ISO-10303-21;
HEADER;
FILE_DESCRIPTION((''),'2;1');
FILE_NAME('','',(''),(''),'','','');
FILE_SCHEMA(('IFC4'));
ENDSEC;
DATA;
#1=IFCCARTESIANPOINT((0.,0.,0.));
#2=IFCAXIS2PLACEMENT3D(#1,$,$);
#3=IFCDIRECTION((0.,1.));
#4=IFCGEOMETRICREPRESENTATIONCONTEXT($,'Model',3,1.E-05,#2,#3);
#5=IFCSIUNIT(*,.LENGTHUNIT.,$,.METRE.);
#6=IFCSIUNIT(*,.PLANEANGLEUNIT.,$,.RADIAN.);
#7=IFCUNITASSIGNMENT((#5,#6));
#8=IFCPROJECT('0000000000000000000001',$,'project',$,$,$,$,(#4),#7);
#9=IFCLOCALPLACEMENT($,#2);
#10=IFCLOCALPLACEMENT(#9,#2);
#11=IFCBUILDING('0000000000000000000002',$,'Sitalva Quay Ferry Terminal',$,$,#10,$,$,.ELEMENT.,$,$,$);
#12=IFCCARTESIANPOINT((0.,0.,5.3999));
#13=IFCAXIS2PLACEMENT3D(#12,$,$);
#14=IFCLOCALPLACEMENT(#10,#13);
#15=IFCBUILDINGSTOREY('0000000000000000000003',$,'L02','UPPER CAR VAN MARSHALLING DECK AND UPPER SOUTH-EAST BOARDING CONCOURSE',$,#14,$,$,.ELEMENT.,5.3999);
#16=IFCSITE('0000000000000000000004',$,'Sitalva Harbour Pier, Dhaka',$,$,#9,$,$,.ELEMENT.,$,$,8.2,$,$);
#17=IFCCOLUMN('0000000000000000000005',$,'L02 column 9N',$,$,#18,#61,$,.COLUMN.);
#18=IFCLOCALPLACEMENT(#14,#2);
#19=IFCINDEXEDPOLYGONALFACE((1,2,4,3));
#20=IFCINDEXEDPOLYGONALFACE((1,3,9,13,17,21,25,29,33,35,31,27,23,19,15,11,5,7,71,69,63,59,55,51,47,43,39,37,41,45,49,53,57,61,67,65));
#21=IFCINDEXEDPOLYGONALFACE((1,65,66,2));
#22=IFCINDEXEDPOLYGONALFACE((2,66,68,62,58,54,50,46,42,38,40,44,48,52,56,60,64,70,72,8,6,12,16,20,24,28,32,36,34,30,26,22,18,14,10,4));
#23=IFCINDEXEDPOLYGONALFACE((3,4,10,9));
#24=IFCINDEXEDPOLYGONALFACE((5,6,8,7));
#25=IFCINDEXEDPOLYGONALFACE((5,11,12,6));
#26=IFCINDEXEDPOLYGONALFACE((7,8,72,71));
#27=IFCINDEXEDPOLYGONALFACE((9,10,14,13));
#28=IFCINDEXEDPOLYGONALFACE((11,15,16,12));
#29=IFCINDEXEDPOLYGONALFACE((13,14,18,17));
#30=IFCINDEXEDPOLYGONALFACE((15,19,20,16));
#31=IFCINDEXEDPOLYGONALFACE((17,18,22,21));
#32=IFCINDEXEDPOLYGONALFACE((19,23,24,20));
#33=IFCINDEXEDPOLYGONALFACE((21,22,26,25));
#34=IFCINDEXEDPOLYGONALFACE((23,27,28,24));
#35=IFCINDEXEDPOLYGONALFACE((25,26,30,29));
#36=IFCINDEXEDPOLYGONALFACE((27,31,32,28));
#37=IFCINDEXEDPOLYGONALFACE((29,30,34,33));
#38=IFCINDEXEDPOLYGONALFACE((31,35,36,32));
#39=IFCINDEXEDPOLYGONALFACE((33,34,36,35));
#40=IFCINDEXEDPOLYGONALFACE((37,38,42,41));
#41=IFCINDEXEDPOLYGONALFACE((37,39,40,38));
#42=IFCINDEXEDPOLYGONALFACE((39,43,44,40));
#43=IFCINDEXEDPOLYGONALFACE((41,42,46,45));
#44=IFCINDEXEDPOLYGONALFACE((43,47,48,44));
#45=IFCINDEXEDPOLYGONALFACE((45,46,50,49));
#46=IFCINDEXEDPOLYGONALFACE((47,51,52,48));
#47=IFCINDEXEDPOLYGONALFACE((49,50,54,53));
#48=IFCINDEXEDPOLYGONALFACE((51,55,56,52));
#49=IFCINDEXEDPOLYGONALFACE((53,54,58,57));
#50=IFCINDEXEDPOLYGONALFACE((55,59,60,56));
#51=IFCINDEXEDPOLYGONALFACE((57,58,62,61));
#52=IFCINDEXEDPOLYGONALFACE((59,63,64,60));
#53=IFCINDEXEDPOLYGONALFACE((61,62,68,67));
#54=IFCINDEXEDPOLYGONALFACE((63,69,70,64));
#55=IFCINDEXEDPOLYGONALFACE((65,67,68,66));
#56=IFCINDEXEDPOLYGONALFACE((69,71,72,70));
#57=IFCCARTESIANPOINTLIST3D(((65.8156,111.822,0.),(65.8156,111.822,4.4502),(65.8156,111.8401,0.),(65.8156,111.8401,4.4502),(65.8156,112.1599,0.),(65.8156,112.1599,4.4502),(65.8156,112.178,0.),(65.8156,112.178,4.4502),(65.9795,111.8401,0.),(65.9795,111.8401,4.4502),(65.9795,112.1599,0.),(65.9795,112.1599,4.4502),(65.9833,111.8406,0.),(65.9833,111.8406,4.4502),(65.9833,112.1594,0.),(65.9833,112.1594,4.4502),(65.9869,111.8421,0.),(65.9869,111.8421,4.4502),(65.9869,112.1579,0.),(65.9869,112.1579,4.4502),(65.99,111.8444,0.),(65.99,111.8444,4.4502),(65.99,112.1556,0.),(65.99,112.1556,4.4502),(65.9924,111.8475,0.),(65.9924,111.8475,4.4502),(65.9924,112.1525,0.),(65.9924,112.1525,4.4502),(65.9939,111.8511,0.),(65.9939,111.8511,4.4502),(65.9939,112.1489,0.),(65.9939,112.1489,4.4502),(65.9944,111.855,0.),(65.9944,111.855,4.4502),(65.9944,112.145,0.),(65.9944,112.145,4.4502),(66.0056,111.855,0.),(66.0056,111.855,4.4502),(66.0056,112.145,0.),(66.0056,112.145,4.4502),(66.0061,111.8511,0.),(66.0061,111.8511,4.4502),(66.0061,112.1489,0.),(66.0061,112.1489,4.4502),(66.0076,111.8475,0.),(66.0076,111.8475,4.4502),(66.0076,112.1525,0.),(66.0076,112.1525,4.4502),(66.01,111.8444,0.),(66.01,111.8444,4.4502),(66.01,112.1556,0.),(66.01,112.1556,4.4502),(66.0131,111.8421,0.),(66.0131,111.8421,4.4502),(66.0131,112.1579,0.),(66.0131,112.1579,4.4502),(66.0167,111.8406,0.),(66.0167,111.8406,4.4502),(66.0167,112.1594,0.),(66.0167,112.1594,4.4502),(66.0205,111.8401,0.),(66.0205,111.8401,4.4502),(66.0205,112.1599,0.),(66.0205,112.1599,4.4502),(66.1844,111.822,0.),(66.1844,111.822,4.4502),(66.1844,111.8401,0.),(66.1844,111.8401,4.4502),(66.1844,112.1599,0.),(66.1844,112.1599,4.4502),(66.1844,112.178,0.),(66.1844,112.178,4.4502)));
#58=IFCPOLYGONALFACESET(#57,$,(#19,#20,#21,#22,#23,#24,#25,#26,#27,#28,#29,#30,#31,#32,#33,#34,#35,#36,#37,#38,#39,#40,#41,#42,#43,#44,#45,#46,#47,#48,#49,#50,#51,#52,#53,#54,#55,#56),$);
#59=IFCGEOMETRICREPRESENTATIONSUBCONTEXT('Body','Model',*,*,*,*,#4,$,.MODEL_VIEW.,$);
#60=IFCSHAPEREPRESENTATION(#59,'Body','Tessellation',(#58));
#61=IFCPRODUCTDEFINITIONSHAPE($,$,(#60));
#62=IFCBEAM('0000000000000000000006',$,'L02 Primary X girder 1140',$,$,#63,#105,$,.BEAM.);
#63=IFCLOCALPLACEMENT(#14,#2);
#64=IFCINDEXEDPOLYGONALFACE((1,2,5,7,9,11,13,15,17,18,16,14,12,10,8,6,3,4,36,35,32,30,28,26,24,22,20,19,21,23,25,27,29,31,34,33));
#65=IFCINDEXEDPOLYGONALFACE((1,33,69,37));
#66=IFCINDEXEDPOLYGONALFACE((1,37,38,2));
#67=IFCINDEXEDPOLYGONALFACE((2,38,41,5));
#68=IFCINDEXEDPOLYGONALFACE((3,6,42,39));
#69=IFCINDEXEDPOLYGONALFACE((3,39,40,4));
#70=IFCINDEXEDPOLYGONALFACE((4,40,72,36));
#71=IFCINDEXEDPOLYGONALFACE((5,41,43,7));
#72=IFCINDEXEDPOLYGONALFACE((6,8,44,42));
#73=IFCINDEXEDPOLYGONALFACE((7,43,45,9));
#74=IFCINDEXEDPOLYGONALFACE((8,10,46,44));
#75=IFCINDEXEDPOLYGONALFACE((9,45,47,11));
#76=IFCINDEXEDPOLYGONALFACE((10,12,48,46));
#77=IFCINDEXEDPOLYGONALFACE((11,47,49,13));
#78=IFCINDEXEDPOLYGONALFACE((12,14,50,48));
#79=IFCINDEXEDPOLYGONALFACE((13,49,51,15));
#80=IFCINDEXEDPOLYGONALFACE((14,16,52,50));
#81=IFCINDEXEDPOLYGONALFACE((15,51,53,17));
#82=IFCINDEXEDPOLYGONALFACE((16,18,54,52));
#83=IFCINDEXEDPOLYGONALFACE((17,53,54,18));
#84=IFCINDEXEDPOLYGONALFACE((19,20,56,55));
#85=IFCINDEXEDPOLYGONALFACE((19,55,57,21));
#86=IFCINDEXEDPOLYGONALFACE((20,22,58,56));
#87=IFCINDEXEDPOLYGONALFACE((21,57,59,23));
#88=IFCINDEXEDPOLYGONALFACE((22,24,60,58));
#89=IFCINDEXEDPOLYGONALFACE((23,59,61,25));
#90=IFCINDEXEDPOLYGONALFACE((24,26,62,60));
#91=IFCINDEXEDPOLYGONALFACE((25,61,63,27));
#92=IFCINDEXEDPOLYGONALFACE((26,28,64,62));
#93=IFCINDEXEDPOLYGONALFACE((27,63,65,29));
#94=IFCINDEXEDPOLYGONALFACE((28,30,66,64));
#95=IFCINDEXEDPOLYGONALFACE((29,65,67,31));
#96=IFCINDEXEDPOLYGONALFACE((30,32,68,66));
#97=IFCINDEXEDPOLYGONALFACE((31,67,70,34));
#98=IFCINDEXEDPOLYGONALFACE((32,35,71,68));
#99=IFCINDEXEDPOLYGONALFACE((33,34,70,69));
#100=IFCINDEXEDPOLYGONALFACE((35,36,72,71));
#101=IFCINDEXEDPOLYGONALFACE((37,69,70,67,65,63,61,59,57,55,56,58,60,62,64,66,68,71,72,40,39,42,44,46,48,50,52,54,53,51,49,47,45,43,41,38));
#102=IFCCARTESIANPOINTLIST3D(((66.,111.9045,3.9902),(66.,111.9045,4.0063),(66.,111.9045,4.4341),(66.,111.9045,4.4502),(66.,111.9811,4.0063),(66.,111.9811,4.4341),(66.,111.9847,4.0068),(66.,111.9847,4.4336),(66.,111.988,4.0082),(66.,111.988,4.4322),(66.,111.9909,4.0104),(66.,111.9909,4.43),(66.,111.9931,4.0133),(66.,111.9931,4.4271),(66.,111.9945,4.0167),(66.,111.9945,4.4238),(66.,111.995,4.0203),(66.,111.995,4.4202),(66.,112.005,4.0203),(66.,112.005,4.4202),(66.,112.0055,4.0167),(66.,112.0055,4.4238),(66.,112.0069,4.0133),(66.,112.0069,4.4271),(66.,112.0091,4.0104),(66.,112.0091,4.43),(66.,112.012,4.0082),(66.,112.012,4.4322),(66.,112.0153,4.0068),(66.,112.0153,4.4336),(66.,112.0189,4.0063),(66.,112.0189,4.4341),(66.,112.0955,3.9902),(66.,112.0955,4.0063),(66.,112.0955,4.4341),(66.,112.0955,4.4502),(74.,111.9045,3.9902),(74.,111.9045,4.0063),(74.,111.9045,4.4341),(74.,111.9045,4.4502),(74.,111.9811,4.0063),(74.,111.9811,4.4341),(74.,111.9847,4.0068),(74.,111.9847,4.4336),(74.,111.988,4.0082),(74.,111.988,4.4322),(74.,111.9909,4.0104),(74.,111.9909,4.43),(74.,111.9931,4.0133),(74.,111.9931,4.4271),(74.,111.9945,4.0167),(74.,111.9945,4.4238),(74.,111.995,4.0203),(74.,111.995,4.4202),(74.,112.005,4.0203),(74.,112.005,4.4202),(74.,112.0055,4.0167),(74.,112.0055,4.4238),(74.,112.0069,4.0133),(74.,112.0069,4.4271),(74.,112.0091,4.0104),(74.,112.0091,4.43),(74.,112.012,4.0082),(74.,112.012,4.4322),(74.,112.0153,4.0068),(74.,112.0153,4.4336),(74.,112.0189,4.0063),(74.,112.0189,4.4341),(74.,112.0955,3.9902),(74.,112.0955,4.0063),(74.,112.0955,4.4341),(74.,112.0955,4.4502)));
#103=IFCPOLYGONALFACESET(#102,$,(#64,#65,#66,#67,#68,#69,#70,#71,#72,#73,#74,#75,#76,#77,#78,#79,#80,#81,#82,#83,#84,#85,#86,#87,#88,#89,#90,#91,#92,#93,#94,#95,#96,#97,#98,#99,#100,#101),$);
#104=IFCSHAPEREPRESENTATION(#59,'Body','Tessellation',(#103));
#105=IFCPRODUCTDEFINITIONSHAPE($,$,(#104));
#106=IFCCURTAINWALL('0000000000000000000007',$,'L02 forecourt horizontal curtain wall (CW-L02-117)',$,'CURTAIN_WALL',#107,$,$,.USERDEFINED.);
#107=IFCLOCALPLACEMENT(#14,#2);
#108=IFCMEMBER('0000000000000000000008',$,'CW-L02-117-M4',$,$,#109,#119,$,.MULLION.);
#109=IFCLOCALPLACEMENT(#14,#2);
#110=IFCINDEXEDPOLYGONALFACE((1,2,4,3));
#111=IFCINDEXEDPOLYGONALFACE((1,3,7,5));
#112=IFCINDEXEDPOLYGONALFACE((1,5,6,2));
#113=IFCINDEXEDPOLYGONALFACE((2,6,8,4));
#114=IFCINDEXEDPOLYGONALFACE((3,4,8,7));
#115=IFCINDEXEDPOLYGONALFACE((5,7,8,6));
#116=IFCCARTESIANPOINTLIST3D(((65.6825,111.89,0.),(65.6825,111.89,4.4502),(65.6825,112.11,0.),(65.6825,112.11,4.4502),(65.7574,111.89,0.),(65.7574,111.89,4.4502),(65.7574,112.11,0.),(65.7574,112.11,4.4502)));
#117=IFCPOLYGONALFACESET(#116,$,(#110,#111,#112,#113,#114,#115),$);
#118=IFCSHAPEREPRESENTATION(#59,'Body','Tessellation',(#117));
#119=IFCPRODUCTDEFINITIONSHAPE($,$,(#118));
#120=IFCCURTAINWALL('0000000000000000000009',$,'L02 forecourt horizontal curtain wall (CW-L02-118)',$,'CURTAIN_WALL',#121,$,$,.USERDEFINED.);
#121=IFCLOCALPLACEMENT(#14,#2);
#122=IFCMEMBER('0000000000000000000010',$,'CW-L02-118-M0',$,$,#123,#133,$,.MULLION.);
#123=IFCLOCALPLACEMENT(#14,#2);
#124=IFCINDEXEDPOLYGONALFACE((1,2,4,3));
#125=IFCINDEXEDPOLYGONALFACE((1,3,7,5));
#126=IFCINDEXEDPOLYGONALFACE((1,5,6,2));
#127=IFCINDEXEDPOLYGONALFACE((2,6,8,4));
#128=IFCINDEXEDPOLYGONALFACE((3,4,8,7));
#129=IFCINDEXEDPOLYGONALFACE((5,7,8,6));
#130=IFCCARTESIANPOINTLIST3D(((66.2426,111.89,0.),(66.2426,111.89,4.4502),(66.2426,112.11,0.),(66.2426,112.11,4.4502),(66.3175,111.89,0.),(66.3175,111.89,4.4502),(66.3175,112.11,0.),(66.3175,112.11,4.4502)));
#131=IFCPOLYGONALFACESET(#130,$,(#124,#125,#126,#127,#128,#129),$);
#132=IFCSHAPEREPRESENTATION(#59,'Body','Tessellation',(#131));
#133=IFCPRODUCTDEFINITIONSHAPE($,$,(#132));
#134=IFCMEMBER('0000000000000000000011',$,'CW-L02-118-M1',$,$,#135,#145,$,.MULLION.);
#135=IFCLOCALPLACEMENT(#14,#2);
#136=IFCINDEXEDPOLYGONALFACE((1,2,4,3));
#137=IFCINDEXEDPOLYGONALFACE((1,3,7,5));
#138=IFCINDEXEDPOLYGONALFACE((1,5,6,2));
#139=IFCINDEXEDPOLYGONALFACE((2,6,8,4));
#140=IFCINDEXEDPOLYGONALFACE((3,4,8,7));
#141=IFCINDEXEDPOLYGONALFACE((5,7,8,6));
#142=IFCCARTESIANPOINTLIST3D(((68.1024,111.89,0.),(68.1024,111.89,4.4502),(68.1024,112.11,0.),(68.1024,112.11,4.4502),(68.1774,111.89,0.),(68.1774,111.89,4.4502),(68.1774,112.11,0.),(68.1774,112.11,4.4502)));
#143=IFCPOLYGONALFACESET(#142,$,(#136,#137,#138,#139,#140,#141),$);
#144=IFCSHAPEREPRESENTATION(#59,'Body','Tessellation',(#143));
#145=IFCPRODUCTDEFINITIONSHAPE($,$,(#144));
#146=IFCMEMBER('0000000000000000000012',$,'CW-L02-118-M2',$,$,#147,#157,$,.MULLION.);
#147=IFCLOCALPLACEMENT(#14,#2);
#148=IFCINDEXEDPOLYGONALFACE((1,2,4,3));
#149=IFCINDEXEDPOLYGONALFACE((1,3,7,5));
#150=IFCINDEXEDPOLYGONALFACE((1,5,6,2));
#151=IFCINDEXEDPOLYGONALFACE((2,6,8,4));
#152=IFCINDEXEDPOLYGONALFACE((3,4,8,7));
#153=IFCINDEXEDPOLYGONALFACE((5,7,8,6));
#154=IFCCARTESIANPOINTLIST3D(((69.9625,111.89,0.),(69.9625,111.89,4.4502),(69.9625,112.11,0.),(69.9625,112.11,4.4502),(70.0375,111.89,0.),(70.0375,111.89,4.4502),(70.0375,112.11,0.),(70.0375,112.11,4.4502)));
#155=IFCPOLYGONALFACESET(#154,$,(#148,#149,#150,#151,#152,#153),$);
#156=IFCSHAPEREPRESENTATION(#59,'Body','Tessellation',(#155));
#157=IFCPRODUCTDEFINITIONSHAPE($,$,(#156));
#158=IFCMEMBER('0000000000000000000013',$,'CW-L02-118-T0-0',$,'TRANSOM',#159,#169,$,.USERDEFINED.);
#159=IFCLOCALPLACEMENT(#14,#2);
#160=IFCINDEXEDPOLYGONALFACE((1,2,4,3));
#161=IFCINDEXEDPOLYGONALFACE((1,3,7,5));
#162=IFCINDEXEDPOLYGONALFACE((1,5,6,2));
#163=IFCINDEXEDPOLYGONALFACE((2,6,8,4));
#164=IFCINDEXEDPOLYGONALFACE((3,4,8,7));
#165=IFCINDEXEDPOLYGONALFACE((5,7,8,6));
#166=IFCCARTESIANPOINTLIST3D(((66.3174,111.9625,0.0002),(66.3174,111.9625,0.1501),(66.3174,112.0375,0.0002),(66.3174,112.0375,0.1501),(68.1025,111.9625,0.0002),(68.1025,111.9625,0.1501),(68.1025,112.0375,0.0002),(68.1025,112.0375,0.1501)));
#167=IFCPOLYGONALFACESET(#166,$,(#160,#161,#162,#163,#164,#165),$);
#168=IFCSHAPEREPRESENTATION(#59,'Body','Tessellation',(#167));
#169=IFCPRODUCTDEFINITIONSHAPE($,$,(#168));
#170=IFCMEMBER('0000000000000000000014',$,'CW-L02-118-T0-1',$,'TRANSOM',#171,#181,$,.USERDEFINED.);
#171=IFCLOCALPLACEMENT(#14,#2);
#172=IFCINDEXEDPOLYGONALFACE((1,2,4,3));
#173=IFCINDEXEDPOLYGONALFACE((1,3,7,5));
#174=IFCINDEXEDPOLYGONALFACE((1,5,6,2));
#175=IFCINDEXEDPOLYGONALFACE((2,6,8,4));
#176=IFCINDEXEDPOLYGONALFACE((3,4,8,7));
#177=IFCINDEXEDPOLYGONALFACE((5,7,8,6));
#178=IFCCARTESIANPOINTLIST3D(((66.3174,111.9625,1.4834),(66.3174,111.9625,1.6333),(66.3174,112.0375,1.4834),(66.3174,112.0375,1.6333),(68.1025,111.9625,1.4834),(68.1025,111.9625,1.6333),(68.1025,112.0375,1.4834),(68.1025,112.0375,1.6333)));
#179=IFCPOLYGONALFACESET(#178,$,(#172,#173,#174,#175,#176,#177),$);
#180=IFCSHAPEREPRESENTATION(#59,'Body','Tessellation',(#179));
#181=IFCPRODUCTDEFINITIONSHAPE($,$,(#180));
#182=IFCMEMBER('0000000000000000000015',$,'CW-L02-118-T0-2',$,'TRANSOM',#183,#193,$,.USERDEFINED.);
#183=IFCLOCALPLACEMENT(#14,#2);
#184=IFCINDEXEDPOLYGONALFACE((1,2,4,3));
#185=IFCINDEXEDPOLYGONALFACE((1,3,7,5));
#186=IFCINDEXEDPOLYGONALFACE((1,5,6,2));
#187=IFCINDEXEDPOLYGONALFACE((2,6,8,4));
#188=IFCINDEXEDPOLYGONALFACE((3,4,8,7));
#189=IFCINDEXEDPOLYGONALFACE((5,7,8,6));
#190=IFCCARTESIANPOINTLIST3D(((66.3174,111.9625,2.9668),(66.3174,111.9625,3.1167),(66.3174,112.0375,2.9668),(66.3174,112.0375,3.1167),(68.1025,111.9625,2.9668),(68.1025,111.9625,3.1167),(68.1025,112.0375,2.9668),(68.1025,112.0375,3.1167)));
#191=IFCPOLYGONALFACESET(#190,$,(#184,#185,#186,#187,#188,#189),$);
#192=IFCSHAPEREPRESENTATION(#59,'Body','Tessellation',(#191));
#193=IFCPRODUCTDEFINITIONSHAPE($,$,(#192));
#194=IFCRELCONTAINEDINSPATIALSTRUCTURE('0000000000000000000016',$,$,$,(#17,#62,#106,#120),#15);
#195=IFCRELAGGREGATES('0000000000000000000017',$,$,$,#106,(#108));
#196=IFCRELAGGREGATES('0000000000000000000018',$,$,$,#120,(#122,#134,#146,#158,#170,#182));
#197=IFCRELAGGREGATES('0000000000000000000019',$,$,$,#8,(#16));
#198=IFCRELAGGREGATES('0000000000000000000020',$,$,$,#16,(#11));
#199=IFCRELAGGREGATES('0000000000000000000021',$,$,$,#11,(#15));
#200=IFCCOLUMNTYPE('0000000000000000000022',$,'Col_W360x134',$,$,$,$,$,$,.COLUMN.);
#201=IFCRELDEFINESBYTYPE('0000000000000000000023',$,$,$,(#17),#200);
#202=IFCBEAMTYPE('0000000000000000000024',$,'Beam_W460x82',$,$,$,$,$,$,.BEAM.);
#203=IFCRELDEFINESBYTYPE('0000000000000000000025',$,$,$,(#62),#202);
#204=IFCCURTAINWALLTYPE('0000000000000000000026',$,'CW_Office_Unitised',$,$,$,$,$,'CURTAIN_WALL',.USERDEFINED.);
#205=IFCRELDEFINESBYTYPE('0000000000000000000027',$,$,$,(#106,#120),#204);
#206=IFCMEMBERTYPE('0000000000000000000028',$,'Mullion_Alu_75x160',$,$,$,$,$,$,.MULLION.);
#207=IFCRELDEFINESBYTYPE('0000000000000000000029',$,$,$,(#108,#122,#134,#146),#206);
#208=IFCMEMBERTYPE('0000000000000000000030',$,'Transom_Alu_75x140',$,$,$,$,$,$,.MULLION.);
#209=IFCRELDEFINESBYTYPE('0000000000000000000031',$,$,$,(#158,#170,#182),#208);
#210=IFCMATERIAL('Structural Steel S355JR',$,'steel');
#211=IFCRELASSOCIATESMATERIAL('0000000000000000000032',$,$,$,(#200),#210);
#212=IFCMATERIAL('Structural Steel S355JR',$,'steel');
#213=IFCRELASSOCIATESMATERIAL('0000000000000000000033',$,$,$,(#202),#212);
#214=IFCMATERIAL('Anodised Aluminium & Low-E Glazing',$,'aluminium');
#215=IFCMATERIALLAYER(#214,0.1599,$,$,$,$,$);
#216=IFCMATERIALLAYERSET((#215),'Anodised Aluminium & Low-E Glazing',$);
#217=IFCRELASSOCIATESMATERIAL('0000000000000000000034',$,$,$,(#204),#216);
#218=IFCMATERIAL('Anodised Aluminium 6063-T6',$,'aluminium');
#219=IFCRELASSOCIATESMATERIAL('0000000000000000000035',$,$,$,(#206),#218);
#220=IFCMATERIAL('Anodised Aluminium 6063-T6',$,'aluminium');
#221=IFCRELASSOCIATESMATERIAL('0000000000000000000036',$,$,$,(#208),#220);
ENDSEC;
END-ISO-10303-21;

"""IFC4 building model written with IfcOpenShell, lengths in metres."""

from ifc_helpers import new_model, si_unit, direction, frame, origin, origin_2d, place, context, subcontext, project, spatial, rectangle, i_section, extrude, material, layer, layer_set, material_profile, profile_set, type_object, element, aggregate, save


model = new_model("IFC4")

# Units and contexts
model_context = context("Model", 3, precision=1e-05, world=origin(), true_north=direction((0.0, 1.0)))
body_context = subcontext(model_context, "Body", "Model", "MODEL_VIEW")
ifc_project = project(units=[si_unit("LENGTHUNIT", "METRE"), si_unit("PLANEANGLEUNIT", "RADIAN")], contexts=[model_context])

# Site, building, storey
site_placement = place(None, origin())
site = spatial("IfcSite", under=ifc_project, at=site_placement, Name="Sitalva Harbour Pier, Dhaka", CompositionType="ELEMENT", RefElevation=8.2)
building_placement = place(site_placement, origin())
building = spatial("IfcBuilding", under=site, at=building_placement, Name="Sitalva Quay Ferry Terminal", CompositionType="ELEMENT")
storey_placement = place(building_placement, frame((0.0, 0.0, 5.3999)))
storey = spatial("IfcBuildingStorey", under=building, at=storey_placement, Name="L02", Description="UPPER CAR VAN MARSHALLING DECK AND UPPER SOUTH-EAST BOARDING CONCOURSE", CompositionType="ELEMENT", Elevation=5.3999)

# Column
ifc_material_1 = material(Name="Structural Steel S355JR", Category="steel")
ifc_material_profile_1 = material_profile(ifc_material_1, i_section(OverallWidth=0.3689, OverallDepth=0.356, WebThickness=0.0112, FlangeThickness=0.0181, FilletRadius=0.0149, at=origin_2d()), Name="W360x134")
ifc_profile_set_1 = profile_set([ifc_material_profile_1], Name="Structural Steel S355JR")
column_type = type_object("IfcColumnType", Name="Col_W360x134", PredefinedType="COLUMN", material=ifc_profile_set_1)
column_placement = place(storey_placement, frame((66.0, 112.0, 0.0), z_axis=(0.0, 0.0, 1.0), x_axis=(1.0, 0.0, 0.0)))
element("IfcColumn", 1, at=column_placement, inside=storey, type_object=column_type, Name="L02 column 9N", PredefinedType="COLUMN", context=body_context, shape_type="SweptSolid", body=[
    extrude(i_section(OverallWidth=0.3689, OverallDepth=0.356, WebThickness=0.0112, FlangeThickness=0.0181, FilletRadius=0.0149, at=origin_2d()), origin(), (0.0, 0.0, 1.0), 4.4502),
])

# Beam
ifc_material_2 = material(Name="Structural Steel S355JR", Category="steel")
ifc_material_profile_2 = material_profile(ifc_material_2, i_section(OverallWidth=0.1909, OverallDepth=0.46, WebThickness=0.01, FlangeThickness=0.0161, FilletRadius=0.0139, at=origin_2d()), Name="W460x82")
ifc_profile_set_2 = profile_set([ifc_material_profile_2], Name="Structural Steel S355JR")
beam_type = type_object("IfcBeamType", Name="Beam_W460x82", PredefinedType="BEAM", material=ifc_profile_set_2)
beam_placement = place(storey_placement, frame((66.0, 112.0, 4.2202), z_axis=(1.0, 0.0, 0.0), x_axis=(0.0, 1.0, 0.0)))
element("IfcBeam", 2, at=beam_placement, inside=storey, type_object=beam_type, Name="L02 Primary X girder 1140", PredefinedType="BEAM", context=body_context, shape_type="SweptSolid", body=[
    extrude(i_section(OverallWidth=0.1909, OverallDepth=0.46, WebThickness=0.01, FlangeThickness=0.0161, FilletRadius=0.0139, at=origin_2d()), origin(), (0.0, 0.0, 1.0), 8.0),
])

# Curtain wall, member
ifc_material_3 = material(Name="Anodised Aluminium & Low-E Glazing", Category="aluminium")
ifc_layer_1 = layer(ifc_material_3, 0.1599)
ifc_layer_set_1 = layer_set([ifc_layer_1], Name="Anodised Aluminium & Low-E Glazing")
curtain_wall_type = type_object("IfcCurtainWallType", Name="CW_Office_Unitised", ElementType="CURTAIN_WALL", PredefinedType="USERDEFINED", material=ifc_layer_set_1)
curtain_wall_1_placement = place(storey_placement, origin())
curtain_wall_1 = element("IfcCurtainWall", 3, at=curtain_wall_1_placement, inside=storey, type_object=curtain_wall_type, Name="L02 forecourt horizontal curtain wall (CW-L02-117)", ObjectType="CURTAIN_WALL", PredefinedType="USERDEFINED")
ifc_material_4 = material(Name="Anodised Aluminium 6063-T6", Category="aluminium")
ifc_material_profile_3 = material_profile(ifc_material_4, rectangle(XDim=0.075, YDim=0.22, at=origin_2d()), Name="ALU75x220")
ifc_profile_set_3 = profile_set([ifc_material_profile_3], Name="Anodised Aluminium 6063-T6")
member_type_1 = type_object("IfcMemberType", Name="Mullion_Alu_75x160", PredefinedType="MULLION", material=ifc_profile_set_3)
member_1_placement = place(storey_placement, frame((65.72, 112.0, 0.0), z_axis=(0.0, 0.0, 1.0), x_axis=(1.0, 0.0, 0.0)))
member_1 = element("IfcMember", 4, at=member_1_placement, type_object=member_type_1, Name="CW-L02-117-M4", PredefinedType="MULLION", context=body_context, shape_type="SweptSolid", body=[
    extrude(rectangle(XDim=0.075, YDim=0.22, at=origin_2d()), origin(), (0.0, 0.0, 1.0), 4.4502),
])

# Curtain wall, members
curtain_wall_2_placement = place(storey_placement, origin())
curtain_wall_2 = element("IfcCurtainWall", 5, at=curtain_wall_2_placement, inside=storey, type_object=curtain_wall_type, Name="L02 forecourt horizontal curtain wall (CW-L02-118)", ObjectType="CURTAIN_WALL", PredefinedType="USERDEFINED")
member_2_placement = place(storey_placement, frame((66.28, 112.0, 0.0), z_axis=(0.0, 0.0, 1.0), x_axis=(1.0, 0.0, 0.0)))
member_2 = element("IfcMember", 6, at=member_2_placement, type_object=member_type_1, Name="CW-L02-118-M0", PredefinedType="MULLION", context=body_context, shape_type="SweptSolid", body=[
    extrude(rectangle(XDim=0.075, YDim=0.22, at=origin_2d()), origin(), (0.0, 0.0, 1.0), 4.4502),
])
member_3_placement = place(storey_placement, frame((68.1399, 112.0, 0.0), z_axis=(0.0, 0.0, 1.0), x_axis=(1.0, 0.0, 0.0)))
member_3 = element("IfcMember", 7, at=member_3_placement, type_object=member_type_1, Name="CW-L02-118-M1", PredefinedType="MULLION", context=body_context, shape_type="SweptSolid", body=[
    extrude(rectangle(XDim=0.075, YDim=0.22, at=origin_2d()), origin(), (0.0, 0.0, 1.0), 4.4502),
])
member_4_placement = place(storey_placement, frame((70.0, 112.0, 0.0), z_axis=(0.0, 0.0, 1.0), x_axis=(1.0, 0.0, 0.0)))
member_4 = element("IfcMember", 8, at=member_4_placement, type_object=member_type_1, Name="CW-L02-118-M2", PredefinedType="MULLION", context=body_context, shape_type="SweptSolid", body=[
    extrude(rectangle(XDim=0.075, YDim=0.22, at=origin_2d()), origin(), (0.0, 0.0, 1.0), 4.4502),
])
ifc_material_5 = material(Name="Anodised Aluminium 6063-T6", Category="aluminium")
ifc_material_profile_4 = material_profile(ifc_material_5, rectangle(XDim=0.075, YDim=0.1499, at=origin_2d()), Name="ALU75x150")
ifc_profile_set_4 = profile_set([ifc_material_profile_4], Name="Anodised Aluminium 6063-T6")
member_type_2 = type_object("IfcMemberType", Name="Transom_Alu_75x140", PredefinedType="MULLION", material=ifc_profile_set_4)
member_5_placement = place(storey_placement, frame((66.3174, 112.0, 0.0752), z_axis=(1.0, 0.0, 0.0), x_axis=(0.0, 1.0, 0.0)))
member_5 = element("IfcMember", 9, at=member_5_placement, type_object=member_type_2, Name="CW-L02-118-T0-0", ObjectType="TRANSOM", PredefinedType="USERDEFINED", context=body_context, shape_type="SweptSolid", body=[
    extrude(rectangle(XDim=0.075, YDim=0.1499, at=origin_2d()), origin(), (0.0, 0.0, 1.0), 1.7852),
])
member_6_placement = place(storey_placement, frame((66.3174, 112.0, 1.5583), z_axis=(1.0, 0.0, 0.0), x_axis=(0.0, 1.0, 0.0)))
member_6 = element("IfcMember", 10, at=member_6_placement, type_object=member_type_2, Name="CW-L02-118-T0-1", ObjectType="TRANSOM", PredefinedType="USERDEFINED", context=body_context, shape_type="SweptSolid", body=[
    extrude(rectangle(XDim=0.075, YDim=0.1499, at=origin_2d()), origin(), (0.0, 0.0, 1.0), 1.7852),
])
member_7_placement = place(storey_placement, frame((66.3174, 112.0, 3.0417), z_axis=(1.0, 0.0, 0.0), x_axis=(0.0, 1.0, 0.0)))
member_7 = element("IfcMember", 11, at=member_7_placement, type_object=member_type_2, Name="CW-L02-118-T0-2", ObjectType="TRANSOM", PredefinedType="USERDEFINED", context=body_context, shape_type="SweptSolid", body=[
    extrude(rectangle(XDim=0.075, YDim=0.1499, at=origin_2d()), origin(), (0.0, 0.0, 1.0), 1.7852),
])

aggregate(curtain_wall_1, [member_1])
aggregate(curtain_wall_2, [member_2, member_3, member_4, member_5, member_6, member_7])

save(model, "model.ifc")
